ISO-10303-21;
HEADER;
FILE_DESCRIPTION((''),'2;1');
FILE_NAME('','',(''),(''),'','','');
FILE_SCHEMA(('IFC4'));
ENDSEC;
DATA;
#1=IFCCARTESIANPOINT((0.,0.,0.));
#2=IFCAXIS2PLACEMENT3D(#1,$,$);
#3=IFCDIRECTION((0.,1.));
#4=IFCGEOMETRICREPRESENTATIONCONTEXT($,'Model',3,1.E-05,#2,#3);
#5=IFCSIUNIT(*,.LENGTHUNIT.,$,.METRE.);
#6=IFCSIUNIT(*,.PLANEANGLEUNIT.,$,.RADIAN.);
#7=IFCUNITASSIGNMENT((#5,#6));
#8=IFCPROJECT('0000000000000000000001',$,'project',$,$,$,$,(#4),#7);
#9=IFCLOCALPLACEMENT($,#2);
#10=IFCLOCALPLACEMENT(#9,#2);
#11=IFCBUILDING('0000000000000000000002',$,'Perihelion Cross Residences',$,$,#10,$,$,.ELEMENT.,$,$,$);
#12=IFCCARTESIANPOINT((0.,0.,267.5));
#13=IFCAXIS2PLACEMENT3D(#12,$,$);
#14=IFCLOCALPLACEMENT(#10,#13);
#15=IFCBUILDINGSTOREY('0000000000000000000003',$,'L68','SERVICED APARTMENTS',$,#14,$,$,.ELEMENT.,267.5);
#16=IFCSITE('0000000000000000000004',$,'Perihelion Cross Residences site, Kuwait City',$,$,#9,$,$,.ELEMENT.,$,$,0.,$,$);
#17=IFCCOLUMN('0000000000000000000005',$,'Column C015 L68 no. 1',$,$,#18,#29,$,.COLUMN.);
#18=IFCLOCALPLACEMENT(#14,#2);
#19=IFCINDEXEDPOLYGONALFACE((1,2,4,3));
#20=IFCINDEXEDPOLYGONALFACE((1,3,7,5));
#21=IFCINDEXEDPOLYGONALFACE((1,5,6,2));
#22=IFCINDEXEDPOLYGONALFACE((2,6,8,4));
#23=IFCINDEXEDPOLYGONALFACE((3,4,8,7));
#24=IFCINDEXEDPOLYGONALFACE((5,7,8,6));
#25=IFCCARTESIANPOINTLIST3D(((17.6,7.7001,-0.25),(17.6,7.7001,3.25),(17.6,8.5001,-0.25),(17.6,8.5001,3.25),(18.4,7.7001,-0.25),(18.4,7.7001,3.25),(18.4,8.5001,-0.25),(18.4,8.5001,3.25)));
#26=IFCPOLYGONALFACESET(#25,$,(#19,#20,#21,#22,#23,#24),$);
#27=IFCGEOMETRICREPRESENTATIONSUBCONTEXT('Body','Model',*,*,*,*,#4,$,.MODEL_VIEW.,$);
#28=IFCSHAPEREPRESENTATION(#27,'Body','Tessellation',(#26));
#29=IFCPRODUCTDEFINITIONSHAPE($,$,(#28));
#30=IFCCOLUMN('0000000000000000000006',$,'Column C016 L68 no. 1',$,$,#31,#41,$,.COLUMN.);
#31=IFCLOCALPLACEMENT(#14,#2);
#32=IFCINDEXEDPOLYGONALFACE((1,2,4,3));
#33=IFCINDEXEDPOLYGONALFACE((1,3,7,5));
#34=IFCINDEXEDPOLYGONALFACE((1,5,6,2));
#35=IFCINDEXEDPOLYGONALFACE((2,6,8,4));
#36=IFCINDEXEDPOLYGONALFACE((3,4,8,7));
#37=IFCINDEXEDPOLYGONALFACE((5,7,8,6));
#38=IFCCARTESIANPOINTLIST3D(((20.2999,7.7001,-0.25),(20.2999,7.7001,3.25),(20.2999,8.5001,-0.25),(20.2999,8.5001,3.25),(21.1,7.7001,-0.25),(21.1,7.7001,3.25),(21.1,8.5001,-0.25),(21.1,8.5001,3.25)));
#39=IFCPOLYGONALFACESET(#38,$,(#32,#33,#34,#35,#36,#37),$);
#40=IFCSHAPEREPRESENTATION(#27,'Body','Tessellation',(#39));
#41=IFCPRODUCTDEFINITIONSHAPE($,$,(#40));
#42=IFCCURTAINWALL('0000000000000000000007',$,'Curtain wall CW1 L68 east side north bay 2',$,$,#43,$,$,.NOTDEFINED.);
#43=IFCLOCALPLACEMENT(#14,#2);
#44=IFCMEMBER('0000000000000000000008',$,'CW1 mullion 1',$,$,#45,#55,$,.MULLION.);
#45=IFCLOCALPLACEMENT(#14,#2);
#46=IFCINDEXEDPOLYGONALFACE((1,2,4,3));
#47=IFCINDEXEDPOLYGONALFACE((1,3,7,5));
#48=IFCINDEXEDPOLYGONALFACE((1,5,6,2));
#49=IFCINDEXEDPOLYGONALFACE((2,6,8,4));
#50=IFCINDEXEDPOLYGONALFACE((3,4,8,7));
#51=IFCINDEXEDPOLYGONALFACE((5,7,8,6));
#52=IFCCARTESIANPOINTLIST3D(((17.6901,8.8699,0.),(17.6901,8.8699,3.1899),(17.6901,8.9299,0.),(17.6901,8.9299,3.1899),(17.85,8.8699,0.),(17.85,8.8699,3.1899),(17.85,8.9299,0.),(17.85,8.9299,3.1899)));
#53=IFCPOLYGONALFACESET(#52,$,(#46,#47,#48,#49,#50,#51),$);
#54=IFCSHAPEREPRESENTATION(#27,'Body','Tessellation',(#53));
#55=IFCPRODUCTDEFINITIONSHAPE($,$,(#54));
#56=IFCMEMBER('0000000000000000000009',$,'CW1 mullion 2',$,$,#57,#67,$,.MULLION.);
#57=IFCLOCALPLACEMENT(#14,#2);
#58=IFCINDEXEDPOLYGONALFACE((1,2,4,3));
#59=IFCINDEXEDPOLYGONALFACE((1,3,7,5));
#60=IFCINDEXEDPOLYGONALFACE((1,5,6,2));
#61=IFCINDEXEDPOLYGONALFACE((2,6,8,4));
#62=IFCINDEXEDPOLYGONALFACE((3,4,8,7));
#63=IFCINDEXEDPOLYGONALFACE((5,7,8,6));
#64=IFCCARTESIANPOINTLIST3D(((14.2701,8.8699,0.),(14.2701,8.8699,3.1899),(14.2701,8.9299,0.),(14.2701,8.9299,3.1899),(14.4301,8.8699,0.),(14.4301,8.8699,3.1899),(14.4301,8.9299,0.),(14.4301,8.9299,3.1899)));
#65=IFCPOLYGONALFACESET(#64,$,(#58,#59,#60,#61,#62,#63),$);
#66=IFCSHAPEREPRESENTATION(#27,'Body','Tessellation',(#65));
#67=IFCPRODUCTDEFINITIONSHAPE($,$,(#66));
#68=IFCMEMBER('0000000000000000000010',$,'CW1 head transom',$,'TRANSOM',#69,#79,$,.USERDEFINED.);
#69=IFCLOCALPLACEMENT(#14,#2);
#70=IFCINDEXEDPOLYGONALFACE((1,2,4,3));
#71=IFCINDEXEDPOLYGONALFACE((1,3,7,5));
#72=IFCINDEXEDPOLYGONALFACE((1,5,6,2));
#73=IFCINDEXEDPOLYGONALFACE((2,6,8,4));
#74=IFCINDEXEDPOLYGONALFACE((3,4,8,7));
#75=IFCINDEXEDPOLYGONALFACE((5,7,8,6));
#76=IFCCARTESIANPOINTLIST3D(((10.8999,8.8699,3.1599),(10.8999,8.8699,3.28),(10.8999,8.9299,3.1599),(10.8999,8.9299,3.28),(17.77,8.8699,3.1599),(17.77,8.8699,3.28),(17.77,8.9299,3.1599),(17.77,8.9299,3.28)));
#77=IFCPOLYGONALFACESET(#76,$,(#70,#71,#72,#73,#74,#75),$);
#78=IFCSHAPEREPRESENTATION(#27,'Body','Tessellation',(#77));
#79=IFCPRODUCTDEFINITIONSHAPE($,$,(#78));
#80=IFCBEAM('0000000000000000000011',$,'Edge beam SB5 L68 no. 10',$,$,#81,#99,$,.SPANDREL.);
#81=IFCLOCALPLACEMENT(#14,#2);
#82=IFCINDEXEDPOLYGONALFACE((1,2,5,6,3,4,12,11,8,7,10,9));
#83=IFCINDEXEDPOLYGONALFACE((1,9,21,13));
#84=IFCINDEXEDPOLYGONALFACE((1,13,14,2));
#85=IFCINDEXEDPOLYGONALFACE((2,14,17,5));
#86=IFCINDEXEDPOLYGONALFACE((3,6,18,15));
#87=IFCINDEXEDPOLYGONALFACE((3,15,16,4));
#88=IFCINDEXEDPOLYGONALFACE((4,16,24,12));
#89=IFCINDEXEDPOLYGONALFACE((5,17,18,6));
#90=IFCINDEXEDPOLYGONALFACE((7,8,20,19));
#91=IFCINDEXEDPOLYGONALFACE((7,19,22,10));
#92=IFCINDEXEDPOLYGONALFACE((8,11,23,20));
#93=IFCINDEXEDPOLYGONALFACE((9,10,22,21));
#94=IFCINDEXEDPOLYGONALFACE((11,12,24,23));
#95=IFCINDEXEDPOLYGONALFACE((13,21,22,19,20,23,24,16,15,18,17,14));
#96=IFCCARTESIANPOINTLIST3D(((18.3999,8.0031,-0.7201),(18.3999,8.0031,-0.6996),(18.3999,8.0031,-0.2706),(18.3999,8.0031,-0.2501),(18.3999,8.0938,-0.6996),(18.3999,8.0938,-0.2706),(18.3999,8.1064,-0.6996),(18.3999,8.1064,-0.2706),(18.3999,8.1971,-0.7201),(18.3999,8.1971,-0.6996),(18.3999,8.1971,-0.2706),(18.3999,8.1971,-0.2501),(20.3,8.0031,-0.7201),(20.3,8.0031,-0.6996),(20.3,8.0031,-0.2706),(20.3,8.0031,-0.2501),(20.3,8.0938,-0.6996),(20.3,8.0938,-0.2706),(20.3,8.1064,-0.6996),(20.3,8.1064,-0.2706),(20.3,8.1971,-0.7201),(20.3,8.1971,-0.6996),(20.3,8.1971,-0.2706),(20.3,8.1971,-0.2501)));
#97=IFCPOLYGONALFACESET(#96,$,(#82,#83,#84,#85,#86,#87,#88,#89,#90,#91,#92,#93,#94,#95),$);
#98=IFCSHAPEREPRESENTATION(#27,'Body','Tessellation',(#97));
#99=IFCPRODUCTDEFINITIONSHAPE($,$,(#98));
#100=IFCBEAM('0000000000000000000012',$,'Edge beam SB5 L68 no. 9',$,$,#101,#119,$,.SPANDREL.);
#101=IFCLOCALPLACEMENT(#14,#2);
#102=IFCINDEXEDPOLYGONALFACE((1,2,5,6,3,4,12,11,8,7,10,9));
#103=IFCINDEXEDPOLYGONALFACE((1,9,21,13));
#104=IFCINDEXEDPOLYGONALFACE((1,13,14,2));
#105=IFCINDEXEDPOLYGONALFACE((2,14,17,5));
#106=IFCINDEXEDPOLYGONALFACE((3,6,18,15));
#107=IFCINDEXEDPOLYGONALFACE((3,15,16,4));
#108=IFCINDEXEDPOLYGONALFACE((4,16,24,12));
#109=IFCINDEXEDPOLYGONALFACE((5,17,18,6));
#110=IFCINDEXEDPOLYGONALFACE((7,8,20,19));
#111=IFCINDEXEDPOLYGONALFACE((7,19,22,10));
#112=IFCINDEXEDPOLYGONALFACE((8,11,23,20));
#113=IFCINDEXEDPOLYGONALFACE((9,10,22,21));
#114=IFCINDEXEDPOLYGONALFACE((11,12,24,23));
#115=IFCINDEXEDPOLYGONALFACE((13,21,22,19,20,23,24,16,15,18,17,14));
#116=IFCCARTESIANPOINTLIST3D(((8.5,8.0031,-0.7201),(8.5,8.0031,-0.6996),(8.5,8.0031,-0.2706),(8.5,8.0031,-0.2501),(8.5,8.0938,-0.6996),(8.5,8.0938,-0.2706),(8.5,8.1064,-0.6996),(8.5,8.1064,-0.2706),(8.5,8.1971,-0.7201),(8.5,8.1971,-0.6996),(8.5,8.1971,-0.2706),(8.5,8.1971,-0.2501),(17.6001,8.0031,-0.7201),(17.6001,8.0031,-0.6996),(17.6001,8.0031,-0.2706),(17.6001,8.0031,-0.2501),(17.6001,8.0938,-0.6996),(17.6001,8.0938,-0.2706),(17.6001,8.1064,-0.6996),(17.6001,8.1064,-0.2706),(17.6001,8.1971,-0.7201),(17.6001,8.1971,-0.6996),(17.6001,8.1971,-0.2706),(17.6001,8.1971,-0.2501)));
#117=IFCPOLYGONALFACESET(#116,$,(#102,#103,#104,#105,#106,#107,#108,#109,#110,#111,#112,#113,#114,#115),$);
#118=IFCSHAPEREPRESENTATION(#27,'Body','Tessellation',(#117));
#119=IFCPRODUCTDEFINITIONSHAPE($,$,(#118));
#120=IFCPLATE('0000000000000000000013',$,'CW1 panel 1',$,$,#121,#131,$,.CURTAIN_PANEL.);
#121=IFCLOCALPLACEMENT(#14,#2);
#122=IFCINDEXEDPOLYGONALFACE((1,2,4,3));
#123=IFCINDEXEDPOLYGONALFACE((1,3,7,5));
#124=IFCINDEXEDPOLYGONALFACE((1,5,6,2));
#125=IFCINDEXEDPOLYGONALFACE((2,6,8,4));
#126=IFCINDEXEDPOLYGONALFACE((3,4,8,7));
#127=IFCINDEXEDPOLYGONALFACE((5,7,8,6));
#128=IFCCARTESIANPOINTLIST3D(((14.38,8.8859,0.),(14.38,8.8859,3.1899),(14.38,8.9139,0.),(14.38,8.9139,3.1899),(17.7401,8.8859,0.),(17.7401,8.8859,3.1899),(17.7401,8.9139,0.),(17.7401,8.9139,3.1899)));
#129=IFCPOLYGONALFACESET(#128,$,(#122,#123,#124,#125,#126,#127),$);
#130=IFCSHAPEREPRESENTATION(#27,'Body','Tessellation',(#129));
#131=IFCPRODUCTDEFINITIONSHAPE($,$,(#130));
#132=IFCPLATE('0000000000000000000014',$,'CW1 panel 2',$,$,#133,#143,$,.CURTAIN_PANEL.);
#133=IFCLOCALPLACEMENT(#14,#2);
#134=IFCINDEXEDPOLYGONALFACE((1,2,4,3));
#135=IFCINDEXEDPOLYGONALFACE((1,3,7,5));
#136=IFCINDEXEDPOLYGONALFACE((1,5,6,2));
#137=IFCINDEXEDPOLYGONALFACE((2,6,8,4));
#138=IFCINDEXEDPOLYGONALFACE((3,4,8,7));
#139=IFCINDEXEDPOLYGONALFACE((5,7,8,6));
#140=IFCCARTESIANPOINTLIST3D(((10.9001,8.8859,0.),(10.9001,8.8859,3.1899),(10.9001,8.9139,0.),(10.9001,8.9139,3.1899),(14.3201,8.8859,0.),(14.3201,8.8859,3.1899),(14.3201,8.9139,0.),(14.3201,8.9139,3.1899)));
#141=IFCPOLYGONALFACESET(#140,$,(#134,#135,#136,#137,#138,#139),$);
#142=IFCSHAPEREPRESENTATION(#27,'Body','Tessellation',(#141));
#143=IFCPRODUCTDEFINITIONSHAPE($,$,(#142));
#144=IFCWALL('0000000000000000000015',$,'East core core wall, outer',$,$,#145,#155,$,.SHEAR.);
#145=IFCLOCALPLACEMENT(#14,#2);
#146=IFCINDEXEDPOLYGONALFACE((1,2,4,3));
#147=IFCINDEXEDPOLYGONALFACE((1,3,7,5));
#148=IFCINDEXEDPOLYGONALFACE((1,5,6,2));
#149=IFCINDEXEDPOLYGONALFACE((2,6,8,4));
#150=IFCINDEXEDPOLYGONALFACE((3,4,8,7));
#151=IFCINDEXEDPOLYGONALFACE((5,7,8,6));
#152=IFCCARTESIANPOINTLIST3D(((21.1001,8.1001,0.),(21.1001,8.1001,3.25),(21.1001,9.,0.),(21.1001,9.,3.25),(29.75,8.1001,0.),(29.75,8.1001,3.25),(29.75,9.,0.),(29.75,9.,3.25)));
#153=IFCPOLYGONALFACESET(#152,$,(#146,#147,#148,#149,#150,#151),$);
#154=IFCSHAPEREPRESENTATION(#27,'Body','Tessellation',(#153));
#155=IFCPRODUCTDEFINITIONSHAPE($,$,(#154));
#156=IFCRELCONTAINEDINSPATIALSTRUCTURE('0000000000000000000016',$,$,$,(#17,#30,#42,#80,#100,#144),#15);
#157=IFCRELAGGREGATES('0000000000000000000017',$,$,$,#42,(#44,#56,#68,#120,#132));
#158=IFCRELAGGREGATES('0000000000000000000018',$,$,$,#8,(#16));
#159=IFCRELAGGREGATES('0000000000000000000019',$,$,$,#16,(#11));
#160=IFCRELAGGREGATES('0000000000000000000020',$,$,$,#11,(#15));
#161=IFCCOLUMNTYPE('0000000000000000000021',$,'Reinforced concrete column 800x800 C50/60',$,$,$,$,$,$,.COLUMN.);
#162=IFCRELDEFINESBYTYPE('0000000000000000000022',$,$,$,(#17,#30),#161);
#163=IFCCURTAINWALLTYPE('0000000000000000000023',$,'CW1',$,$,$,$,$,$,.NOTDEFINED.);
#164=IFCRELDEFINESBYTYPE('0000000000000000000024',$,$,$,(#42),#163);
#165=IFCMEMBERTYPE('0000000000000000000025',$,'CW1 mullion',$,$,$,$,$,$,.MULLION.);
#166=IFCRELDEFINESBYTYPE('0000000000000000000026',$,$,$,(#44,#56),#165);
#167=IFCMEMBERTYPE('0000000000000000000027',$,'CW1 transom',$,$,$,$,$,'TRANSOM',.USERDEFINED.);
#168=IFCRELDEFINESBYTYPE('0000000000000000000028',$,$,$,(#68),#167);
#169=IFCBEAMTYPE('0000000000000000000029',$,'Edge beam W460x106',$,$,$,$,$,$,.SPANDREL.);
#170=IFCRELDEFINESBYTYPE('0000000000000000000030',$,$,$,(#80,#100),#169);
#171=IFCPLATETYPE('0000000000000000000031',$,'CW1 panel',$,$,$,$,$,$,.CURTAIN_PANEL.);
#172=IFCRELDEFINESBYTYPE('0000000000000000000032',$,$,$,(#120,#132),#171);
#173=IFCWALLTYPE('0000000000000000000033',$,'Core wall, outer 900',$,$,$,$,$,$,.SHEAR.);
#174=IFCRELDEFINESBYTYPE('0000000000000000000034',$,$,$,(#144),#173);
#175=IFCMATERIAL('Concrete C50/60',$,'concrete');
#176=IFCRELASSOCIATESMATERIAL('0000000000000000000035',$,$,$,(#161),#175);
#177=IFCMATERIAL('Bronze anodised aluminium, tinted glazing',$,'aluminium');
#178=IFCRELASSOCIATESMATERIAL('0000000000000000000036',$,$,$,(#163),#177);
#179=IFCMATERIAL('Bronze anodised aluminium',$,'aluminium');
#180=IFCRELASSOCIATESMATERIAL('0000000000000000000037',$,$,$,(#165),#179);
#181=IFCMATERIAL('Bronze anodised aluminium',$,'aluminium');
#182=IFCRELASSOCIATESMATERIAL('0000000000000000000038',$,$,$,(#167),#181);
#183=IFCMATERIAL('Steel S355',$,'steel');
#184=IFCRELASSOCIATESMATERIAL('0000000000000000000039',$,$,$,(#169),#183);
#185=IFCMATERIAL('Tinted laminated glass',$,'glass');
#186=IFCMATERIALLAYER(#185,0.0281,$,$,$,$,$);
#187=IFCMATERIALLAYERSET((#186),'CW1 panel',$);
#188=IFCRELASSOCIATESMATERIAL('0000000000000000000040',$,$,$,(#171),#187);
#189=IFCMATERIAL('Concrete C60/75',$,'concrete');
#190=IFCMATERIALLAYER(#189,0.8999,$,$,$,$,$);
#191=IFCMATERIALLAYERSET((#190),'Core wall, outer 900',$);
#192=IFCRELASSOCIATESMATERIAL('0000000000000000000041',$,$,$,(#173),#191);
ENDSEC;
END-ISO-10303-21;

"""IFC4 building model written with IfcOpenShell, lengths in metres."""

from ifc_helpers import new_model, si_unit, direction, frame, frame_2d, origin, origin_2d, place, context, subcontext, project, spatial, rectangle, i_section, extrude, material, layer, layer_set, material_profile, profile_set, type_object, element, aggregate, save


model = new_model("IFC4")

# Units and contexts
model_context = context("Model", 3, precision=1e-05, world=origin(), true_north=direction((0.0, 1.0)))
body_context = subcontext(model_context, "Body", "Model", "MODEL_VIEW")
ifc_project = project(units=[si_unit("LENGTHUNIT", "METRE"), si_unit("PLANEANGLEUNIT", "RADIAN")], contexts=[model_context])

# Site, building, storey
site_placement = place(None, origin())
site = spatial("IfcSite", under=ifc_project, at=site_placement, Name="Perihelion Cross Residences site, Kuwait City", CompositionType="ELEMENT", RefElevation=0.0)
building_placement = place(site_placement, origin())
building = spatial("IfcBuilding", under=site, at=building_placement, Name="Perihelion Cross Residences", CompositionType="ELEMENT")
storey_placement = place(building_placement, frame((0.0, 0.0, 267.5)))
storey = spatial("IfcBuildingStorey", under=building, at=storey_placement, Name="L68", Description="SERVICED APARTMENTS", CompositionType="ELEMENT", Elevation=267.5)

# Columns
ifc_material_1 = material(Name="Concrete C50/60", Category="concrete")
ifc_material_profile_1 = material_profile(ifc_material_1, rectangle(XDim=0.8, YDim=0.8, at=origin_2d()), Name="RC 800x800")
ifc_profile_set_1 = profile_set([ifc_material_profile_1], Name="Concrete C50/60")
column_type = type_object("IfcColumnType", Name="Reinforced concrete column 800x800 C50/60", PredefinedType="COLUMN", material=ifc_profile_set_1)
for number, where, z_axis, x_axis, name in (
    (1, (18.0, 8.1001, -0.25), (0.0, 0.0, 1.0), (1.0, 0.0, 0.0), "Column C015 L68 no. 1"),
    (2, (20.7, 8.1001, -0.25), (0.0, 0.0, 1.0), (1.0, 0.0, 0.0), "Column C016 L68 no. 1"),
):
    element("IfcColumn", number, at=place(storey_placement, frame(where, z_axis=z_axis, x_axis=x_axis)), inside=storey, type_object=column_type, Name=name, PredefinedType="COLUMN", context=body_context, shape_type="SweptSolid", body=[
        extrude(rectangle(XDim=0.8, YDim=0.8, at=origin_2d()), origin(), (0.0, 0.0, 1.0), 3.5),
    ])

# Curtain wall, members
ifc_material_2 = material(Name="Bronze anodised aluminium, tinted glazing", Category="aluminium")
curtain_wall_type = type_object("IfcCurtainWallType", Name="CW1", PredefinedType="NOTDEFINED", material=ifc_material_2)
curtain_wall_placement = place(storey_placement, origin())
curtain_wall = element("IfcCurtainWall", 3, at=curtain_wall_placement, inside=storey, type_object=curtain_wall_type, Name="Curtain wall CW1 L68 east side north bay 2", PredefinedType="NOTDEFINED")
ifc_material_3 = material(Name="Bronze anodised aluminium", Category="aluminium")
ifc_material_profile_2 = material_profile(ifc_material_3, rectangle(XDim=0.0601, YDim=0.1599, at=origin_2d()), Name="CW1 mullion")
ifc_profile_set_2 = profile_set([ifc_material_profile_2], Name="Bronze anodised aluminium")
member_type_1 = type_object("IfcMemberType", Name="CW1 mullion", PredefinedType="MULLION", material=ifc_profile_set_2)
member_1_placement = place(storey_placement, frame((17.77, 8.8999, 0.0), z_axis=(0.0, 0.0, 1.0), x_axis=(0.0, -1.0, 0.0)))
member_1 = element("IfcMember", 4, at=member_1_placement, type_object=member_type_1, Name="CW1 mullion 1", PredefinedType="MULLION", context=body_context, shape_type="SweptSolid", body=[
    extrude(rectangle(XDim=0.0601, YDim=0.1599, at=origin_2d()), origin(), (0.0, 0.0, 1.0), 3.1899),
])
member_2_placement = place(storey_placement, frame((14.3501, 8.8999, 0.0), z_axis=(0.0, 0.0, 1.0), x_axis=(0.0, -1.0, 0.0)))
member_2 = element("IfcMember", 5, at=member_2_placement, type_object=member_type_1, Name="CW1 mullion 2", PredefinedType="MULLION", context=body_context, shape_type="SweptSolid", body=[
    extrude(rectangle(XDim=0.0601, YDim=0.1599, at=origin_2d()), origin(), (0.0, 0.0, 1.0), 3.1899),
])
ifc_material_4 = material(Name="Bronze anodised aluminium", Category="aluminium")
ifc_material_profile_3 = material_profile(ifc_material_4, rectangle(XDim=0.0601, YDim=0.1201, at=origin_2d()), Name="CW1 transom")
ifc_profile_set_3 = profile_set([ifc_material_profile_3], Name="Bronze anodised aluminium")
member_type_2 = type_object("IfcMemberType", Name="CW1 transom", ElementType="TRANSOM", PredefinedType="USERDEFINED", material=ifc_profile_set_3)
member_3_placement = place(storey_placement, frame((17.77, 8.8999, 3.22), z_axis=(-1.0, 0.0, 0.0), x_axis=(0.0, -1.0, 0.0)))
member_3 = element("IfcMember", 6, at=member_3_placement, type_object=member_type_2, Name="CW1 head transom", ObjectType="TRANSOM", PredefinedType="USERDEFINED", context=body_context, shape_type="SweptSolid", body=[
    extrude(rectangle(XDim=0.0601, YDim=0.1201, at=origin_2d()), origin(), (0.0, 0.0, 1.0), 6.8701),
])

# Beams
ifc_material_5 = material(Name="Steel S355", Category="steel")
ifc_material_profile_4 = material_profile(ifc_material_5, i_section(OverallWidth=0.1941, OverallDepth=0.47, WebThickness=0.0127, FlangeThickness=0.0205, at=origin_2d()), Name="W460x106")
ifc_profile_set_4 = profile_set([ifc_material_profile_4], Name="Steel S355")
beam_type = type_object("IfcBeamType", Name="Edge beam W460x106", PredefinedType="SPANDREL", material=ifc_profile_set_4)
beam_1_placement = place(storey_placement, frame((20.3, 8.1001, -0.4851), z_axis=(-1.0, 0.0, 0.0), x_axis=(0.0, -1.0, 0.0)))
element("IfcBeam", 7, at=beam_1_placement, inside=storey, type_object=beam_type, Name="Edge beam SB5 L68 no. 10", PredefinedType="SPANDREL", context=body_context, shape_type="SweptSolid", body=[
    extrude(i_section(OverallWidth=0.1941, OverallDepth=0.47, WebThickness=0.0127, FlangeThickness=0.0205, at=origin_2d()), origin(), (0.0, 0.0, 1.0), 1.9001),
])
beam_2_placement = place(storey_placement, frame((17.6001, 8.1001, -0.4851), z_axis=(-1.0, 0.0, 0.0), x_axis=(0.0, -1.0, 0.0)))
element("IfcBeam", 8, at=beam_2_placement, inside=storey, type_object=beam_type, Name="Edge beam SB5 L68 no. 9", PredefinedType="SPANDREL", context=body_context, shape_type="SweptSolid", body=[
    extrude(i_section(OverallWidth=0.1941, OverallDepth=0.47, WebThickness=0.0127, FlangeThickness=0.0205, at=origin_2d()), origin(), (0.0, 0.0, 1.0), 9.1001),
])

# Plates
ifc_material_6 = material(Name="Tinted laminated glass", Category="glass")
ifc_layer_1 = layer(ifc_material_6, 0.0281)
ifc_layer_set_1 = layer_set([ifc_layer_1], Name="CW1 panel")
plate_type = type_object("IfcPlateType", Name="CW1 panel", PredefinedType="CURTAIN_PANEL", material=ifc_layer_set_1)
plate_1_placement = place(storey_placement, frame((16.0601, 8.8999, 0.0), z_axis=(0.0, 0.0, 1.0), x_axis=(-1.0, 0.0, 0.0)))
plate_1 = element("IfcPlate", 9, at=plate_1_placement, type_object=plate_type, Name="CW1 panel 1", PredefinedType="CURTAIN_PANEL", context=body_context, shape_type="SweptSolid", body=[
    extrude(rectangle(XDim=3.3601, YDim=0.0281, at=origin_2d()), origin(), (0.0, 0.0, 1.0), 3.1899),
])
plate_2_placement = place(storey_placement, frame((12.6101, 8.8999, 0.0), z_axis=(0.0, 0.0, 1.0), x_axis=(-1.0, 0.0, 0.0)))
plate_2 = element("IfcPlate", 10, at=plate_2_placement, type_object=plate_type, Name="CW1 panel 2", PredefinedType="CURTAIN_PANEL", context=body_context, shape_type="SweptSolid", body=[
    extrude(rectangle(XDim=3.4199, YDim=0.0281, at=origin_2d()), origin(), (0.0, 0.0, 1.0), 3.1899),
])
aggregate(curtain_wall, [member_1, member_2, member_3, plate_1, plate_2])

# Wall
ifc_material_7 = material(Name="Concrete C60/75", Category="concrete")
ifc_layer_2 = layer(ifc_material_7, 0.8999)
ifc_layer_set_2 = layer_set([ifc_layer_2], Name="Core wall, outer 900")
wall_type_1 = type_object("IfcWallType", Name="Core wall, outer 900", PredefinedType="SHEAR", material=ifc_layer_set_2)
wall_1_placement = place(storey_placement, frame((21.1001, 8.55, 0.0), z_axis=(0.0, 0.0, 1.0), x_axis=(1.0, 0.0, 0.0)))
element("IfcWall", 11, at=wall_1_placement, inside=storey, type_object=wall_type_1, Name="East core core wall, outer", PredefinedType="SHEAR", context=body_context, shape_type="SweptSolid", body=[
    extrude(rectangle(XDim=8.6499, YDim=0.8999, at=frame_2d((4.325, 0.0))), origin(), (0.0, 0.0, 1.0), 3.25),
])

save(model, "model.ifc")
